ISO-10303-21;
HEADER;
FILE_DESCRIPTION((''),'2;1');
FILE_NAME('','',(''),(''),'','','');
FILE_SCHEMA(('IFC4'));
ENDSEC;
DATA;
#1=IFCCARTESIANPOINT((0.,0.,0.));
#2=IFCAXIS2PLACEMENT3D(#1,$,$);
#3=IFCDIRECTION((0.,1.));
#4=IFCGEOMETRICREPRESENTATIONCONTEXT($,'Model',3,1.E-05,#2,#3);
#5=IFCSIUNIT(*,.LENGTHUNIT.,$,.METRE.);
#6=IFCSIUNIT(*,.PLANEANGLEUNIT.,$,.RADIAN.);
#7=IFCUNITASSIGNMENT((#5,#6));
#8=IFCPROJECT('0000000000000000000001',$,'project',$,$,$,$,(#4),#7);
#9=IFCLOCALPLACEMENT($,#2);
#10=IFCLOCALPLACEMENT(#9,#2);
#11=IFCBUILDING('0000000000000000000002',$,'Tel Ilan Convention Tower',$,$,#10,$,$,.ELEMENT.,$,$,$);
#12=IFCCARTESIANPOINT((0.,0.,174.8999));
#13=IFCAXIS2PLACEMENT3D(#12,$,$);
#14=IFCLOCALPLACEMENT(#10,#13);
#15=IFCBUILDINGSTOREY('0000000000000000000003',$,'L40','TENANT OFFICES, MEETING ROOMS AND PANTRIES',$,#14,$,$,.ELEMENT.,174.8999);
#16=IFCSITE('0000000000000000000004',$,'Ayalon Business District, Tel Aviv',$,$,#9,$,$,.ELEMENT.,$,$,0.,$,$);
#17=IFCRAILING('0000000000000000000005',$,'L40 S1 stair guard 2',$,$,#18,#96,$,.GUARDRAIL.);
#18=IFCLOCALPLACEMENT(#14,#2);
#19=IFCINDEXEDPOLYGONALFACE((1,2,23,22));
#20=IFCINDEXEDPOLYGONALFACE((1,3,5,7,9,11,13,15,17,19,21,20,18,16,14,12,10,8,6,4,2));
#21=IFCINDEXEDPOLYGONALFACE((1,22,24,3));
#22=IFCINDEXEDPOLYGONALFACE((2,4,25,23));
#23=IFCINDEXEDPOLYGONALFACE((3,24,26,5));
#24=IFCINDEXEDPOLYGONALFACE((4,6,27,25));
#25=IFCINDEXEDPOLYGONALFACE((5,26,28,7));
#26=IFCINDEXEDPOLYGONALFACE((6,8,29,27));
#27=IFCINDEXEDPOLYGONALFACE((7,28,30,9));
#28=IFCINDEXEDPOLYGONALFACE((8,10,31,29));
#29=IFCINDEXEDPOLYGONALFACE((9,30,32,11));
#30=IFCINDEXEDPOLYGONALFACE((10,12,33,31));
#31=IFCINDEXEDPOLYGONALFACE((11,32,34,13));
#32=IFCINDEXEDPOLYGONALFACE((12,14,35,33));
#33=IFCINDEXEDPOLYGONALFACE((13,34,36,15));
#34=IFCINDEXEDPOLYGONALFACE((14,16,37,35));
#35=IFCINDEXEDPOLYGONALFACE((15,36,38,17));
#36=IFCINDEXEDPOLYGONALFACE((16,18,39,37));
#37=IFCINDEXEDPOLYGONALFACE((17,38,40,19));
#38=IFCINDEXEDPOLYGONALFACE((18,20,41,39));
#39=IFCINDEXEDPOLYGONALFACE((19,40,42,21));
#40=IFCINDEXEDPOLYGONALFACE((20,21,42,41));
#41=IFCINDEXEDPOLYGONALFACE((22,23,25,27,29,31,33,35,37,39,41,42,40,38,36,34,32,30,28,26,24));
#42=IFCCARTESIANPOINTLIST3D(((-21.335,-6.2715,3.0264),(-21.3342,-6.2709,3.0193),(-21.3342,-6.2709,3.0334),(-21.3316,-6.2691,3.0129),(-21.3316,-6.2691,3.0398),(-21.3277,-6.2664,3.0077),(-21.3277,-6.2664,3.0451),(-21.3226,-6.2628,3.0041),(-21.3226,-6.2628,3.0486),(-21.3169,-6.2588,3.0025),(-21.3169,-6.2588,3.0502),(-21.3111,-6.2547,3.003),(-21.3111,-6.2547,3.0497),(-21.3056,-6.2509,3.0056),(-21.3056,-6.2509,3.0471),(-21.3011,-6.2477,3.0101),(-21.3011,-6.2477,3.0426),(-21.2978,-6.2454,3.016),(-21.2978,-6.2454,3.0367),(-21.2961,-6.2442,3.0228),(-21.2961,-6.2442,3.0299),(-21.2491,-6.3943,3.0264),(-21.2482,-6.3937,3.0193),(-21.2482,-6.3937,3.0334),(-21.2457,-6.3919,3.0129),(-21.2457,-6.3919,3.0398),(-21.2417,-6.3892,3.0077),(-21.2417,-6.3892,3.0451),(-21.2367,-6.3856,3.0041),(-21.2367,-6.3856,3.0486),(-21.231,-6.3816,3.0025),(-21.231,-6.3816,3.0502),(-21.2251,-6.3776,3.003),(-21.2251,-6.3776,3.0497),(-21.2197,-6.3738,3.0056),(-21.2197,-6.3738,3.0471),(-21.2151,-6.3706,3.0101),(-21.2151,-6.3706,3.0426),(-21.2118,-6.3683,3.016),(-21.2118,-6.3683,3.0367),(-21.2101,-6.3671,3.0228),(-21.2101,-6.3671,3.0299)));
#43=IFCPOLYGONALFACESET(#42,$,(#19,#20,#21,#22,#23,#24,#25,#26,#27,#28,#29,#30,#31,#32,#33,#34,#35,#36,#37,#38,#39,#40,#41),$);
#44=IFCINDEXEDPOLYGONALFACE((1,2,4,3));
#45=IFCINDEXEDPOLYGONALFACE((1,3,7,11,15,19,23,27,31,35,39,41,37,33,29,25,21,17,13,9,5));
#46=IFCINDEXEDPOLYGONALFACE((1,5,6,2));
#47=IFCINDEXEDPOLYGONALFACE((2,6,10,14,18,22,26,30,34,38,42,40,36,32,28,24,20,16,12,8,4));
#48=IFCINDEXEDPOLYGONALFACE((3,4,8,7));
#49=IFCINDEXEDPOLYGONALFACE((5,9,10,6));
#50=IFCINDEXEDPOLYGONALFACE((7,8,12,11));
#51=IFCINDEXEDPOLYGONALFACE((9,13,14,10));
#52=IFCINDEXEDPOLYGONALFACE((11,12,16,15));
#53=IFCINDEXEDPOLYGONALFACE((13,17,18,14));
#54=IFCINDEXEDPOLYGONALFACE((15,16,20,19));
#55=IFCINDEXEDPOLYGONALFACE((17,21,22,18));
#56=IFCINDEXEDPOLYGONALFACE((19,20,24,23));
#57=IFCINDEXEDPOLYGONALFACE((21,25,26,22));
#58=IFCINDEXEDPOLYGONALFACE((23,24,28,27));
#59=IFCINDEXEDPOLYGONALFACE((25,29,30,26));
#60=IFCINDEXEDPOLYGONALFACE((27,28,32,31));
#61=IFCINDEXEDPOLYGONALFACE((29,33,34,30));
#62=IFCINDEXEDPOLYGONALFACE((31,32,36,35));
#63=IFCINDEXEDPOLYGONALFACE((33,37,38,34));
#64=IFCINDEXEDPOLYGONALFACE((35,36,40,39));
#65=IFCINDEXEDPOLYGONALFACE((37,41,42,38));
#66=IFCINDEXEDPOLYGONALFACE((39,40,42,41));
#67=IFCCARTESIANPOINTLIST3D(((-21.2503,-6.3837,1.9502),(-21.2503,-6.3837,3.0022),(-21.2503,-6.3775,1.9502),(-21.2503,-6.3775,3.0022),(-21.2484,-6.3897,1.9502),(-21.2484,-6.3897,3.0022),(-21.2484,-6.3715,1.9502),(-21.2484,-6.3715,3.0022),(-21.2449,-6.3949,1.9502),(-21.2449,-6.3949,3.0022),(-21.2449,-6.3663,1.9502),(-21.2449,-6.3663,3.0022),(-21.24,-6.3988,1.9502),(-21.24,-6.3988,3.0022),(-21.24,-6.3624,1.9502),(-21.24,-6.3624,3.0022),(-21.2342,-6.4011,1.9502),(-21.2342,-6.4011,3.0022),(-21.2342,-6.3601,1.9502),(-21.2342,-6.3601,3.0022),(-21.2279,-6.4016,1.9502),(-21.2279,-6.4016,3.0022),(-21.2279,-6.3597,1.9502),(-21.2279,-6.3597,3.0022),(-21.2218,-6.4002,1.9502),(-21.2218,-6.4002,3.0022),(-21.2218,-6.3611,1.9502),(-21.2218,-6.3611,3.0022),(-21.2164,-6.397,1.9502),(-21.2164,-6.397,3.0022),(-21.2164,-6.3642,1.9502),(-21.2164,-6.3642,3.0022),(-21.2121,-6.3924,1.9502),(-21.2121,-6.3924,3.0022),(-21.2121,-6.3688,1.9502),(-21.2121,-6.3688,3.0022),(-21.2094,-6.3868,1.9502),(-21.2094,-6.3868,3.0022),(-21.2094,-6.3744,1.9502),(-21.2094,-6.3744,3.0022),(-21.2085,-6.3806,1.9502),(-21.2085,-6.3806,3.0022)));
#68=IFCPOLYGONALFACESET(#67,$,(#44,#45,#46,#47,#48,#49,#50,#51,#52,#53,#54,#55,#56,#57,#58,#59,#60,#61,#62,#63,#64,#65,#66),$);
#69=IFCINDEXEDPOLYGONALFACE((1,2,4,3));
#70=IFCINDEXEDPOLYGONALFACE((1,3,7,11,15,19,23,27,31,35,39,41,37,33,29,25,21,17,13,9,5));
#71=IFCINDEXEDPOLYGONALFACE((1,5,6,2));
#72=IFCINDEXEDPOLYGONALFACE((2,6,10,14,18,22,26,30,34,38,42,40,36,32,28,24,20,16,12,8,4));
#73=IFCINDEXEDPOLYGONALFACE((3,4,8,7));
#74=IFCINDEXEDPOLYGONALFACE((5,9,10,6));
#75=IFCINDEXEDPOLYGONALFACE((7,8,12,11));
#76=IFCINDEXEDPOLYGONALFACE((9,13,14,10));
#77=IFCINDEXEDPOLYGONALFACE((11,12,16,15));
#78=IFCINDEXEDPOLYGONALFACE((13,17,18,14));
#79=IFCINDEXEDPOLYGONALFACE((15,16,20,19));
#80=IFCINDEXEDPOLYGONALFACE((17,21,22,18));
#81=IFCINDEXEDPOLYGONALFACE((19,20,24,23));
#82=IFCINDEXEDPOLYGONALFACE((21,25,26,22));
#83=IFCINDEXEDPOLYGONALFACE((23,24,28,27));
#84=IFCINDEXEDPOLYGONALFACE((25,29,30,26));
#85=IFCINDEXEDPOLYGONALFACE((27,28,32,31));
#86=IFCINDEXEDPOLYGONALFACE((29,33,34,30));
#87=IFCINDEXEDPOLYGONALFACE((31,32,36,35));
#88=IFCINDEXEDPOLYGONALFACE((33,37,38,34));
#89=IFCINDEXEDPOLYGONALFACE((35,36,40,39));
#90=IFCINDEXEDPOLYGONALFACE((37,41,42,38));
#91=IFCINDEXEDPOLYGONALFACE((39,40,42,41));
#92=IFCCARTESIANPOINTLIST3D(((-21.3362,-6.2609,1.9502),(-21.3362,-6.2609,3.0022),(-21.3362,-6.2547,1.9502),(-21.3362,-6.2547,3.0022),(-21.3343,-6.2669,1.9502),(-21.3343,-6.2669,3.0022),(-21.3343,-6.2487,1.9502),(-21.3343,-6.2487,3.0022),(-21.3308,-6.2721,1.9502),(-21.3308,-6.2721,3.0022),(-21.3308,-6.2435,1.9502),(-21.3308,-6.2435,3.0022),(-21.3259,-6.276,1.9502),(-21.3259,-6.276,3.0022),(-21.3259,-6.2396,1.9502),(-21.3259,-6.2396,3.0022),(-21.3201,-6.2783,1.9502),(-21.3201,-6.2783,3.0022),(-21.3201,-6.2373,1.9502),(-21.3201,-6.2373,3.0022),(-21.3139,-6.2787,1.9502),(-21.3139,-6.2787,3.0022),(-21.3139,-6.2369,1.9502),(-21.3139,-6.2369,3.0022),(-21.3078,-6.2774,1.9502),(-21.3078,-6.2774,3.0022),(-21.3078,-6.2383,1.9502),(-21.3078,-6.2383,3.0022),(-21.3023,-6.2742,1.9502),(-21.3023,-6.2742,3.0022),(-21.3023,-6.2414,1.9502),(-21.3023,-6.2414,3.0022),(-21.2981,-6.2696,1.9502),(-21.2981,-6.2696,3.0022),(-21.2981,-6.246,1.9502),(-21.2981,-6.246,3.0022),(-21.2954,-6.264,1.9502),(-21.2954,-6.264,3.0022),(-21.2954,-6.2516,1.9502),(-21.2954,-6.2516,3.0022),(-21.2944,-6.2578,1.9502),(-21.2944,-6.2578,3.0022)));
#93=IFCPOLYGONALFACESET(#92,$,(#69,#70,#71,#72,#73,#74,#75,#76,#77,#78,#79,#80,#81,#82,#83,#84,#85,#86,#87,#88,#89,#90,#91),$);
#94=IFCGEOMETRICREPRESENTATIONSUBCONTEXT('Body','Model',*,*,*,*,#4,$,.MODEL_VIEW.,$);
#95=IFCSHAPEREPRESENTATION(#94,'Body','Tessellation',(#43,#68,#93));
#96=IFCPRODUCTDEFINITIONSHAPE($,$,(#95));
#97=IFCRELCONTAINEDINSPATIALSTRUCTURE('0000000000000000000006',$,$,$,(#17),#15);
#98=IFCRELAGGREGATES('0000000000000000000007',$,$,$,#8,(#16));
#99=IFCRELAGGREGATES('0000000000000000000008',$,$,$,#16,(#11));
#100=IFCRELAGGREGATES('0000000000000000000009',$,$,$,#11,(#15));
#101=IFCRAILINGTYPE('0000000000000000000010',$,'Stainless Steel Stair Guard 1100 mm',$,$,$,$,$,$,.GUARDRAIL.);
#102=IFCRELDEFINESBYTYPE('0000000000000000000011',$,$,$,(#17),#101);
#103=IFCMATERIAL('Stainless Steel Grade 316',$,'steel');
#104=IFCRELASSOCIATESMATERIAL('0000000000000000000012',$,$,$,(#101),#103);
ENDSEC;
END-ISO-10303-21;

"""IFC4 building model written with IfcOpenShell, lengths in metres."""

from ifc_helpers import new_model, si_unit, direction, frame, origin, origin_2d, place, context, subcontext, project, spatial, circle, extrude, material, type_object, element, save


model = new_model("IFC4")

# Units and contexts
model_context = context("Model", 3, precision=1e-05, world=origin(), true_north=direction((0.0, 1.0)))
body_context = subcontext(model_context, "Body", "Model", "MODEL_VIEW")
ifc_project = project(units=[si_unit("LENGTHUNIT", "METRE"), si_unit("PLANEANGLEUNIT", "RADIAN")], contexts=[model_context])

# Site, building, storey
site_placement = place(None, origin())
site = spatial("IfcSite", under=ifc_project, at=site_placement, Name="Ayalon Business District, Tel Aviv", CompositionType="ELEMENT", RefElevation=0.0)
building_placement = place(site_placement, origin())
building = spatial("IfcBuilding", under=site, at=building_placement, Name="Tel Ilan Convention Tower", CompositionType="ELEMENT")
storey_placement = place(building_placement, frame((0.0, 0.0, 174.8999)))
storey = spatial("IfcBuildingStorey", under=building, at=storey_placement, Name="L40", Description="TENANT OFFICES, MEETING ROOMS AND PANTRIES", CompositionType="ELEMENT", Elevation=174.8999)

# Railing
ifc_material_1 = material(Name="Stainless Steel Grade 316", Category="steel")
railing_type_1 = type_object("IfcRailingType", Name="Stainless Steel Stair Guard 1100 mm", PredefinedType="GUARDRAIL", material=ifc_material_1)
railing_1_placement = place(storey_placement, frame((-21.2295, -6.3806, 1.9502)))
element("IfcRailing", 1, at=railing_1_placement, inside=storey, type_object=railing_type_1, Name="L40 S1 stair guard 2", PredefinedType="GUARDRAIL", context=body_context, shape_type="SweptSolid", body=[
    extrude(circle(Radius=0.0239, at=origin_2d()), frame((0.0, 0.0, 1.0762), z_axis=(-0.573353, 0.819308, 0.0), x_axis=(-0.819308, -0.573353, 0.0)), (0.0, 0.0, 1.0), 0.1499),
    extrude(circle(Radius=0.021, at=origin_2d()), origin(), (0.0, 0.0, 1.0), 1.052),
    extrude(circle(Radius=0.021, at=origin_2d()), frame((-0.0859, 0.1228, 0.0)), (0.0, 0.0, 1.0), 1.052),
])

save(model, "model.ifc")
